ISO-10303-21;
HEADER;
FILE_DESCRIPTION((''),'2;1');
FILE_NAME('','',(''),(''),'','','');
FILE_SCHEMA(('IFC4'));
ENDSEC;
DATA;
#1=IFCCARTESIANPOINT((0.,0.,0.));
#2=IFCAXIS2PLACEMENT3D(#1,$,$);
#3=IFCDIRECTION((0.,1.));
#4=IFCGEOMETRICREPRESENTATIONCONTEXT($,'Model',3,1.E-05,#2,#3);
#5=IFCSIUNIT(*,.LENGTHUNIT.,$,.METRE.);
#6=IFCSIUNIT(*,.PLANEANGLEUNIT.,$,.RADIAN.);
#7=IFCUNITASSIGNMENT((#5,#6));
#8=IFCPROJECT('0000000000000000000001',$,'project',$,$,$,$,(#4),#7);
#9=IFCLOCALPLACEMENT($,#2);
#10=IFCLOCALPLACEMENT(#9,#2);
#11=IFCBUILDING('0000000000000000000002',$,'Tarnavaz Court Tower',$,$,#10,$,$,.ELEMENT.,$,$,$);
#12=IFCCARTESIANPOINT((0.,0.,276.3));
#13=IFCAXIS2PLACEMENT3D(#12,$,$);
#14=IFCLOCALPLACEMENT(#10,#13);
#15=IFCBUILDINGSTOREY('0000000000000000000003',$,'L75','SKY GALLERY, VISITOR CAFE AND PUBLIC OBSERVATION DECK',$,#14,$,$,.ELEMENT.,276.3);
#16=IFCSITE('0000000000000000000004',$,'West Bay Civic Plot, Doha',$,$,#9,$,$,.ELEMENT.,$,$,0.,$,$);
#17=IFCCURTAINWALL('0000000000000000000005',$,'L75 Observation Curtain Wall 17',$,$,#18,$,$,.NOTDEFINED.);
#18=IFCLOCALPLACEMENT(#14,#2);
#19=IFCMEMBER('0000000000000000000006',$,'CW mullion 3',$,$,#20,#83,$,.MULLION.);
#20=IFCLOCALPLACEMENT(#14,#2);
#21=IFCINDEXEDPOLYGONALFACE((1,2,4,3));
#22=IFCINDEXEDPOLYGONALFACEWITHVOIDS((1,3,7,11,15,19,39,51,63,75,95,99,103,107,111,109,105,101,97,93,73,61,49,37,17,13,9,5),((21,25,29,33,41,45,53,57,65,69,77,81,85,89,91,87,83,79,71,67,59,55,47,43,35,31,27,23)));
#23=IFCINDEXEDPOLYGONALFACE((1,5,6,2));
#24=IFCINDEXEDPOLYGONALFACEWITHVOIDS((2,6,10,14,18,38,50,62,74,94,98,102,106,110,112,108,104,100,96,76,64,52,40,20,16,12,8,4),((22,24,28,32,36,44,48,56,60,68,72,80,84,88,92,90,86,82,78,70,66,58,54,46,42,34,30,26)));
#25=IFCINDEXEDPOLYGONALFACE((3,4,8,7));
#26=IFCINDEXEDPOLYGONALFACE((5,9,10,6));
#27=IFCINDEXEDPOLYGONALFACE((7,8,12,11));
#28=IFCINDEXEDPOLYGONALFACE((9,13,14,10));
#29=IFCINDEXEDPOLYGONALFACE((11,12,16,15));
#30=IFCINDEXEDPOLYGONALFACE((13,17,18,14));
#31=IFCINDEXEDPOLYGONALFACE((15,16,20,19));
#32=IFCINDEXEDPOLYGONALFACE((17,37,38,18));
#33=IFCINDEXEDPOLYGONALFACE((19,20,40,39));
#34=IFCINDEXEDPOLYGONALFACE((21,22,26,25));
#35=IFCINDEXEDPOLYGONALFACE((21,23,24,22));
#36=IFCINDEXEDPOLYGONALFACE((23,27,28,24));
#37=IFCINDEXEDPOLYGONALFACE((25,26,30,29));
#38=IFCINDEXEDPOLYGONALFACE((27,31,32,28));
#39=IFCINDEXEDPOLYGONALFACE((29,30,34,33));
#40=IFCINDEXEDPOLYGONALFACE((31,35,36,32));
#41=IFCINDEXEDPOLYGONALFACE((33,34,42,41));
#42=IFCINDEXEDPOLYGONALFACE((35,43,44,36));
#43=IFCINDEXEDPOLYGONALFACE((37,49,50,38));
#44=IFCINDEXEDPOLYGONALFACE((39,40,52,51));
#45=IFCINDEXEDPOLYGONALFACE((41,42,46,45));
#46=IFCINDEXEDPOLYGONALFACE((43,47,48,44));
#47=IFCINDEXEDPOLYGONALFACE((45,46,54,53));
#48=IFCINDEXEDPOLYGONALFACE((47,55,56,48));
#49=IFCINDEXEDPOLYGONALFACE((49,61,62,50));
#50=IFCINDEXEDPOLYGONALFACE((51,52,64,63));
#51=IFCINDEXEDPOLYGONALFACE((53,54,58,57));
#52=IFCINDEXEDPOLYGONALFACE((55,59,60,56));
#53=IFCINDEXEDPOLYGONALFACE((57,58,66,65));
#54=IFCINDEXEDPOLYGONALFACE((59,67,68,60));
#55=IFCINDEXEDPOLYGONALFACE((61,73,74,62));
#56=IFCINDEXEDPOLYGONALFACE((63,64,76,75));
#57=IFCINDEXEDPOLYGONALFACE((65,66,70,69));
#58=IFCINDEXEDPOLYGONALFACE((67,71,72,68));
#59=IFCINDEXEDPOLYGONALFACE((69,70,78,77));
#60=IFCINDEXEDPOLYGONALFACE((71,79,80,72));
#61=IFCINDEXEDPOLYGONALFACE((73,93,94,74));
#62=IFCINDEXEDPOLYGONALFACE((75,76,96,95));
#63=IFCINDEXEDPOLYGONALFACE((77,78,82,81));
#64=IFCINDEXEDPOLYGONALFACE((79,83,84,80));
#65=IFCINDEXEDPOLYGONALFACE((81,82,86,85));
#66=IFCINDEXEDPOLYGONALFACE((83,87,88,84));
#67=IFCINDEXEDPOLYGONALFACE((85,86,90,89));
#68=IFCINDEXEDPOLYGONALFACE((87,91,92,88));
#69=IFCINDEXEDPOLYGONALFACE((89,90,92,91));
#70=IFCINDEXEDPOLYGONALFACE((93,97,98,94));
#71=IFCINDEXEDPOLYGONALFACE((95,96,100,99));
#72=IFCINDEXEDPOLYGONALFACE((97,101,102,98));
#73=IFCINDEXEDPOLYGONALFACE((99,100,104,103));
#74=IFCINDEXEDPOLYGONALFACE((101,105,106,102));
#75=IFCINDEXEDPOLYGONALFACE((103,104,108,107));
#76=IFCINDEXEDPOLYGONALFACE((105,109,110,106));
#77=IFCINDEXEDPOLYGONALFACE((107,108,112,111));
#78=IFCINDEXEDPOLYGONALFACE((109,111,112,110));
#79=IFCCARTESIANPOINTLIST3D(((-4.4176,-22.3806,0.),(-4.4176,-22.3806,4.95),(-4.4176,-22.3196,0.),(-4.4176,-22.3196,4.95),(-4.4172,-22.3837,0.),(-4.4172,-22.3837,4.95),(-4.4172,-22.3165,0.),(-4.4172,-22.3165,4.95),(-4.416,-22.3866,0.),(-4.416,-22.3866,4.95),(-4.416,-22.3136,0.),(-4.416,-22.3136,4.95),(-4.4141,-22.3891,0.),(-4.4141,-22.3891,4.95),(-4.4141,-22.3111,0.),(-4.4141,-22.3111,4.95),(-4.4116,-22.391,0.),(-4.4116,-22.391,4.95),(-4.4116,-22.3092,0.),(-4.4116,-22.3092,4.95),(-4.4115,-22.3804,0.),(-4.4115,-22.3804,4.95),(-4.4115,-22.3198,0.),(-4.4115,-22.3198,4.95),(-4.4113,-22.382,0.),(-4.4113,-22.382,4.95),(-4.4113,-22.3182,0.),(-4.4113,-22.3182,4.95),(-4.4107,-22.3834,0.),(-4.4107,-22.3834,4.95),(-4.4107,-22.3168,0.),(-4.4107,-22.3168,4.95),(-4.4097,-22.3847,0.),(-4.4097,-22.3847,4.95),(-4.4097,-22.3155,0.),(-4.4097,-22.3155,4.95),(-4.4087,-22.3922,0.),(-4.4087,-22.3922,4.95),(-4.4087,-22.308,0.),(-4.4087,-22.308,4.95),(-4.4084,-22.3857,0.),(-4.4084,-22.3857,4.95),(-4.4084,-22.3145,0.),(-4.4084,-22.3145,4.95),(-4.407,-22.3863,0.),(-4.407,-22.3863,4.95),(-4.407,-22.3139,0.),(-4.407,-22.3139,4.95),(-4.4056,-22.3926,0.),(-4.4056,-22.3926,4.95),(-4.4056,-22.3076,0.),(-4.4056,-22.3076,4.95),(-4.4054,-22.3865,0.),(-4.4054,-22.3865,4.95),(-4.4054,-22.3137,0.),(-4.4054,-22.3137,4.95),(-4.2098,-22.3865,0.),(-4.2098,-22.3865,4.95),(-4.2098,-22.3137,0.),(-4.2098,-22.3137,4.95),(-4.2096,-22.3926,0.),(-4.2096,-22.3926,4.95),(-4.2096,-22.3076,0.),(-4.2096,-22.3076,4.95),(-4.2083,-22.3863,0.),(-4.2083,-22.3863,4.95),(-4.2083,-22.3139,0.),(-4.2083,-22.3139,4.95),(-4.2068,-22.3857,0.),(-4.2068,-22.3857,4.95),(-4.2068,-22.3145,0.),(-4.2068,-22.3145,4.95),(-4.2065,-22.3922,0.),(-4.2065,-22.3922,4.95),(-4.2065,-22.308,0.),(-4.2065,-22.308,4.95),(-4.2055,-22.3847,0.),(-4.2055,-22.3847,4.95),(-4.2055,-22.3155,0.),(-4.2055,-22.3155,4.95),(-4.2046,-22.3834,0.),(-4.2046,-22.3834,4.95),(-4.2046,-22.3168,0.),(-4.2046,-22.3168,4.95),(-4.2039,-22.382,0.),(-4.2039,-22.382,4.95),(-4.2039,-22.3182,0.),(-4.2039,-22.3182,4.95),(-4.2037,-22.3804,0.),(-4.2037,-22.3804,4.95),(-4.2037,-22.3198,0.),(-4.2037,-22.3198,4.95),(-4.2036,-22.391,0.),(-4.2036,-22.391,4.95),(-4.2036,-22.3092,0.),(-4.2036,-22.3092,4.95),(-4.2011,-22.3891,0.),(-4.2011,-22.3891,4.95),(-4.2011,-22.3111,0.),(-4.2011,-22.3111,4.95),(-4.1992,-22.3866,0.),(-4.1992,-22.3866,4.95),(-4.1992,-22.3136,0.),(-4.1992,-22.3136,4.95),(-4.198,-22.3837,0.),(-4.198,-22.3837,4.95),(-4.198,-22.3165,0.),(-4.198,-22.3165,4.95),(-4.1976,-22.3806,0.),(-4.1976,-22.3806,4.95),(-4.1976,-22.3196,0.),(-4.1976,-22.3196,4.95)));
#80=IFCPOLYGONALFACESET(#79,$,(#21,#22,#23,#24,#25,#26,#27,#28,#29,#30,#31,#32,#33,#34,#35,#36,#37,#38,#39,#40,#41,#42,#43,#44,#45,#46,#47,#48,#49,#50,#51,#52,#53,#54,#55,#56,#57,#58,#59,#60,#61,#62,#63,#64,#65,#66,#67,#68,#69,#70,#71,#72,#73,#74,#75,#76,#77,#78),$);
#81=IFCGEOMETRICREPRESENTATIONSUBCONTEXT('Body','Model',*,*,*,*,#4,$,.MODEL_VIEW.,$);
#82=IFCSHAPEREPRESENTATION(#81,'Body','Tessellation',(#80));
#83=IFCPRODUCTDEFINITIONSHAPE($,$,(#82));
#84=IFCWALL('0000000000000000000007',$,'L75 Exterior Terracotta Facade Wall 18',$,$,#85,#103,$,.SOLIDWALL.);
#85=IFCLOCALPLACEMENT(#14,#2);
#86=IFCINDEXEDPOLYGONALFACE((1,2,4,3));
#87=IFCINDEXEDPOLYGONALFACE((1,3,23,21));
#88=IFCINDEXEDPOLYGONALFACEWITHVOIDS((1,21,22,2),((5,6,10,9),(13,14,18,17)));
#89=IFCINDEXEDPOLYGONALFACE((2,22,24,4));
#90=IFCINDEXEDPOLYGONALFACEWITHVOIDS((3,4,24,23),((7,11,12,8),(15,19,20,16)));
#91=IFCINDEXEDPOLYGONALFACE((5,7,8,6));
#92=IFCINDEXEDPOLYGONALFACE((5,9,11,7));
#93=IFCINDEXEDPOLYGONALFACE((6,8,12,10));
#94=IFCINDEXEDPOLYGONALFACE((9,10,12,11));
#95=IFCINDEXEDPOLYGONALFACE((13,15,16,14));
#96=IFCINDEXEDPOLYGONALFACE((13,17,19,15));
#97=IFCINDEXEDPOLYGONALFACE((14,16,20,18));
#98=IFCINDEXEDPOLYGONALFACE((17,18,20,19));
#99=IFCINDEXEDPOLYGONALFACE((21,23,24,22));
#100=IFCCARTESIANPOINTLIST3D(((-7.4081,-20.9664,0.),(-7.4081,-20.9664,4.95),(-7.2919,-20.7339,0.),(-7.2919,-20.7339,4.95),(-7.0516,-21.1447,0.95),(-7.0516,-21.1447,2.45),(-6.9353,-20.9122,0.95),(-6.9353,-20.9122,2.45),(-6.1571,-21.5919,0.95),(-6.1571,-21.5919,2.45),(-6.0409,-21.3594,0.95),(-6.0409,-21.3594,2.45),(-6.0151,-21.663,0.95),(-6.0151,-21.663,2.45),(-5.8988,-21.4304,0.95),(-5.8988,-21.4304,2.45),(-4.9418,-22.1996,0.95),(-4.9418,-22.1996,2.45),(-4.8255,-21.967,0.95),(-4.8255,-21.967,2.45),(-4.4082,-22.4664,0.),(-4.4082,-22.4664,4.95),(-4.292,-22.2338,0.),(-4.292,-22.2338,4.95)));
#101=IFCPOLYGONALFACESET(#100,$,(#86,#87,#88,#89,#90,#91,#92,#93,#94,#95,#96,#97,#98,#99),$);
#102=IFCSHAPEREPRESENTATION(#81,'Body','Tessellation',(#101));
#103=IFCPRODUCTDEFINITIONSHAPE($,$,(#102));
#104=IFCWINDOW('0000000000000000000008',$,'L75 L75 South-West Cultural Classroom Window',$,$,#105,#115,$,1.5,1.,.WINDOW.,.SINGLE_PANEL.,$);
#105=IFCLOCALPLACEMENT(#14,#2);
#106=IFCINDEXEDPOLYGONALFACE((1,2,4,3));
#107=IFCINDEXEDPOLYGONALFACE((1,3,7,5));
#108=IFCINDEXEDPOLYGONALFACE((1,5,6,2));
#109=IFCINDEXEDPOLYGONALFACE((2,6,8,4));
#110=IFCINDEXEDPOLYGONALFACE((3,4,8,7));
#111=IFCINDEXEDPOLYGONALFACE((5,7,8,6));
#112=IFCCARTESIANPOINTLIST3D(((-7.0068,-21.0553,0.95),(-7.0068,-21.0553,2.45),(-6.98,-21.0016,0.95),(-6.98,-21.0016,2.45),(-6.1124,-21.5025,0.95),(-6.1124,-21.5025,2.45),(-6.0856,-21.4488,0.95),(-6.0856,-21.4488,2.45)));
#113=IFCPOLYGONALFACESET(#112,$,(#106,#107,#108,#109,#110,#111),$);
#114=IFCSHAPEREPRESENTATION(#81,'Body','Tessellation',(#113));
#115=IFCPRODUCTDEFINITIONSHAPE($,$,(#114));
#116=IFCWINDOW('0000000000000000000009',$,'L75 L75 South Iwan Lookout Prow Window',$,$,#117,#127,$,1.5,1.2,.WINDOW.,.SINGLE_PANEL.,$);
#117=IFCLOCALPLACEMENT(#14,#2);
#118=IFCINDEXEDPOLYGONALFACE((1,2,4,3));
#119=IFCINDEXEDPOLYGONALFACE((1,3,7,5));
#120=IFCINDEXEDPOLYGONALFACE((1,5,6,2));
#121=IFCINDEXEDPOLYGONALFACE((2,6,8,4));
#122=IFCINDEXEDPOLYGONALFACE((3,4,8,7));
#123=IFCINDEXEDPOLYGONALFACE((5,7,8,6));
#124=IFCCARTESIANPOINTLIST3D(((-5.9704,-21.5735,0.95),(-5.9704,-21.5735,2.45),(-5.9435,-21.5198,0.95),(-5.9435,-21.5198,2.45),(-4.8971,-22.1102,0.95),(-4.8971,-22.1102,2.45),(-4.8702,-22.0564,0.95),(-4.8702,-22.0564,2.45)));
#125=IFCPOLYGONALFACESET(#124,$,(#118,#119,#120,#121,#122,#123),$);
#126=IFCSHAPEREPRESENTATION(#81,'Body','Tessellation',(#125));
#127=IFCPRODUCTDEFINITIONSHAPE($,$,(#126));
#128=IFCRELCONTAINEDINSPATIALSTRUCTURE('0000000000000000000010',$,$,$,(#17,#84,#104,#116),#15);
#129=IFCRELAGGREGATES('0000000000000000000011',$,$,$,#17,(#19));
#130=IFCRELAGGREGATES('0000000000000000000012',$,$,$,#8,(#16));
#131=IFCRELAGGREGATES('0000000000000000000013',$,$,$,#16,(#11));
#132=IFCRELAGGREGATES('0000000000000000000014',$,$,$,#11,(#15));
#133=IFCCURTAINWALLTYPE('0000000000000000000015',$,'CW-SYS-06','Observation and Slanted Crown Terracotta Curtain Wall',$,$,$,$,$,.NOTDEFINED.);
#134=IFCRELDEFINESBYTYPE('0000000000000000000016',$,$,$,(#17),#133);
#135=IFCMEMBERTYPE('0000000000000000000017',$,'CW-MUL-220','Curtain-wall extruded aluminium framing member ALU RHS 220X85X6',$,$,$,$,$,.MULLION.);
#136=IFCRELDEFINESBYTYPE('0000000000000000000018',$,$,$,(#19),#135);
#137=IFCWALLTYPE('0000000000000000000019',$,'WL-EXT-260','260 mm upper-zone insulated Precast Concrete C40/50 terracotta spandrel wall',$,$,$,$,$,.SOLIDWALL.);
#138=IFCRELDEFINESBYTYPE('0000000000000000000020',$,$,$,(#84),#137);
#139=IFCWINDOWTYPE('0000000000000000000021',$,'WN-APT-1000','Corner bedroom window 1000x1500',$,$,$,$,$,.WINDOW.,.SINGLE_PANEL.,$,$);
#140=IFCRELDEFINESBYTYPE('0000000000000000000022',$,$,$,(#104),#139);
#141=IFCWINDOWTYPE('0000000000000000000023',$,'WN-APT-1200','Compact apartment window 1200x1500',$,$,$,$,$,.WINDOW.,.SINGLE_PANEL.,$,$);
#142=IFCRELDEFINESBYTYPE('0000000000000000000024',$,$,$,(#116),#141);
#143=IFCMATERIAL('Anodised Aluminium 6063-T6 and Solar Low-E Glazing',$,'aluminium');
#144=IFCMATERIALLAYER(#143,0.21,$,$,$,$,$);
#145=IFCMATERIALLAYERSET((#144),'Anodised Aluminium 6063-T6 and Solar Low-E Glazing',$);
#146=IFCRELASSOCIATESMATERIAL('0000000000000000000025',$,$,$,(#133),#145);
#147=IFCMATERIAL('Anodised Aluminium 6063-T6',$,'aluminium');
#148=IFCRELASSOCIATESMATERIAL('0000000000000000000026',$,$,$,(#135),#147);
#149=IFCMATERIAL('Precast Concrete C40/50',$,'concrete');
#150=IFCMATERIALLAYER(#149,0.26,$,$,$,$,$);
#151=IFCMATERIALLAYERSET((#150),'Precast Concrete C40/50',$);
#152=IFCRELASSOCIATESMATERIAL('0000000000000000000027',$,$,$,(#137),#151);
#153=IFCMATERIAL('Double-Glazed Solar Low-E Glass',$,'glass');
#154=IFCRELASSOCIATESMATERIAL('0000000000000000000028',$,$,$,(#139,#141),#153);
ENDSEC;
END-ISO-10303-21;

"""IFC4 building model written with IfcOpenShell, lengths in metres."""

from ifc_helpers import new_model, si_unit, direction, frame, frame_2d, origin, origin_2d, place, context, subcontext, project, spatial, rectangle, hollow_rectangle, extrude, material, layer, layer_set, material_profile, profile_set, type_object, element, fill, aggregate, save


model = new_model("IFC4")

# Units and contexts
model_context = context("Model", 3, precision=1e-05, world=origin(), true_north=direction((0.0, 1.0)))
body_context = subcontext(model_context, "Body", "Model", "MODEL_VIEW")
ifc_project = project(units=[si_unit("LENGTHUNIT", "METRE"), si_unit("PLANEANGLEUNIT", "RADIAN")], contexts=[model_context])

# Site, building, storey
site_placement = place(None, origin())
site = spatial("IfcSite", under=ifc_project, at=site_placement, Name="West Bay Civic Plot, Doha", CompositionType="ELEMENT", RefElevation=0.0)
building_placement = place(site_placement, origin())
building = spatial("IfcBuilding", under=site, at=building_placement, Name="Tarnavaz Court Tower", CompositionType="ELEMENT")
storey_placement = place(building_placement, frame((0.0, 0.0, 276.3)))
storey = spatial("IfcBuildingStorey", under=building, at=storey_placement, Name="L75", Description="SKY GALLERY, VISITOR CAFE AND PUBLIC OBSERVATION DECK", CompositionType="ELEMENT", Elevation=276.3)

# Curtain wall, member
ifc_material_1 = material(Name="Anodised Aluminium 6063-T6 and Solar Low-E Glazing", Category="aluminium")
ifc_layer_1 = layer(ifc_material_1, 0.21)
ifc_layer_set_1 = layer_set([ifc_layer_1], Name="Anodised Aluminium 6063-T6 and Solar Low-E Glazing")
curtain_wall_type = type_object("IfcCurtainWallType", Name="CW-SYS-06", Description="Observation and Slanted Crown Terracotta Curtain Wall", PredefinedType="NOTDEFINED", material=ifc_layer_set_1)
curtain_wall_placement = place(storey_placement, origin())
curtain_wall = element("IfcCurtainWall", 1, at=curtain_wall_placement, inside=storey, type_object=curtain_wall_type, Name="L75 Observation Curtain Wall 17", PredefinedType="NOTDEFINED")
ifc_material_2 = material(Name="Anodised Aluminium 6063-T6", Category="aluminium")
ifc_material_profile_1 = material_profile(ifc_material_2, hollow_rectangle(XDim=0.085, YDim=0.22, WallThickness=0.0061, InnerFilletRadius=0.0061, OuterFilletRadius=0.012, at=origin_2d()), Name="ALU RHS 220X85X6")
ifc_profile_set_1 = profile_set([ifc_material_profile_1], Name="Anodised Aluminium 6063-T6")
member_type = type_object("IfcMemberType", Name="CW-MUL-220", Description="Curtain-wall extruded aluminium framing member ALU RHS 220X85X6", PredefinedType="MULLION", material=ifc_profile_set_1)
member_placement = place(storey_placement, frame((-4.3076, -22.3501, 0.0), z_axis=(0.0, 0.0, 1.0), x_axis=(0.0, -1.0, 0.0)))
member = element("IfcMember", 2, at=member_placement, type_object=member_type, Name="CW mullion 3", PredefinedType="MULLION", context=body_context, shape_type="SweptSolid", body=[
    extrude(hollow_rectangle(XDim=0.085, YDim=0.22, WallThickness=0.0061, InnerFilletRadius=0.0061, OuterFilletRadius=0.012, at=origin_2d()), origin(), (0.0, 0.0, 1.0), 4.95),
])
aggregate(curtain_wall, [member])

# Wall, openings, windows
ifc_material_3 = material(Name="Precast Concrete C40/50", Category="concrete")
ifc_layer_2 = layer(ifc_material_3, 0.26)
ifc_layer_set_2 = layer_set([ifc_layer_2], Name="Precast Concrete C40/50")
wall_type_1 = type_object("IfcWallType", Name="WL-EXT-260", Description="260 mm upper-zone insulated Precast Concrete C40/50 terracotta spandrel wall", PredefinedType="SOLIDWALL", material=ifc_layer_set_2)
wall_1_placement = place(storey_placement, frame((-4.3501, -22.3501, 0.0), z_axis=(0.0, 0.0, 1.0), x_axis=(-0.894427, 0.447214, 0.0)))
wall_1 = element("IfcWall", 3, at=wall_1_placement, inside=storey, type_object=wall_type_1, Name="L75 Exterior Terracotta Facade Wall 18", PredefinedType="SOLIDWALL", context=body_context, shape_type="SweptSolid", body=[
    extrude(rectangle(XDim=3.354, YDim=0.26, at=frame_2d((1.677, 0.0))), origin(), (0.0, 0.0, 1.0), 4.95),
])
opening_1_placement = place(wall_1_placement, frame((0.5964, 0.0, 0.95)))
opening_1 = element("IfcOpeningElement", 4, at=opening_1_placement, cuts=wall_1, PredefinedType="OPENING", context=body_context, shape_type="SweptSolid", body=[
    extrude(rectangle(XDim=1.2, YDim=1.5, at=frame_2d((0.6001, 0.75))), frame((0.0, 0.1399, 0.0), z_axis=(0.0, -1.0, 0.0), x_axis=(1.0, 0.0, 0.0)), (0.0, 0.0, 1.0), 0.28),
])
opening_2_placement = place(wall_1_placement, frame((1.9553, 0.0, 0.95)))
opening_2 = element("IfcOpeningElement", 5, at=opening_2_placement, cuts=wall_1, PredefinedType="OPENING", context=body_context, shape_type="SweptSolid", body=[
    extrude(rectangle(XDim=1.0, YDim=1.5, at=frame_2d((0.5, 0.75))), frame((0.0, 0.1399, 0.0), z_axis=(0.0, -1.0, 0.0), x_axis=(1.0, 0.0, 0.0)), (0.0, 0.0, 1.0), 0.28),
])
ifc_material_4 = material(Name="Double-Glazed Solar Low-E Glass", Category="glass")
window_type_1 = type_object("IfcWindowType", Name="WN-APT-1000", Description="Corner bedroom window 1000x1500", PartitioningType="SINGLE_PANEL", PredefinedType="WINDOW", material=ifc_material_4)
window_1_placement = place(opening_2_placement, origin())
window_1 = element("IfcWindow", 6, at=window_1_placement, inside=storey, type_object=window_type_1, Name="L75 L75 South-West Cultural Classroom Window", OverallHeight=1.5, OverallWidth=1.0, PartitioningType="SINGLE_PANEL", PredefinedType="WINDOW", context=body_context, shape_type="SweptSolid", body=[
    extrude(rectangle(XDim=1.0, YDim=1.5, at=frame_2d((0.5, 0.75))), frame((0.0, 0.03, 0.0), z_axis=(0.0, -1.0, 0.0), x_axis=(1.0, 0.0, 0.0)), (0.0, 0.0, 1.0), 0.0601),
])
fill(opening_2, window_1)
window_type_2 = type_object("IfcWindowType", Name="WN-APT-1200", Description="Compact apartment window 1200x1500", PartitioningType="SINGLE_PANEL", PredefinedType="WINDOW", material=ifc_material_4)
window_2_placement = place(opening_1_placement, origin())
window_2 = element("IfcWindow", 7, at=window_2_placement, inside=storey, type_object=window_type_2, Name="L75 L75 South Iwan Lookout Prow Window", OverallHeight=1.5, OverallWidth=1.2, PartitioningType="SINGLE_PANEL", PredefinedType="WINDOW", context=body_context, shape_type="SweptSolid", body=[
    extrude(rectangle(XDim=1.2, YDim=1.5, at=frame_2d((0.6001, 0.75))), frame((0.0, 0.03, 0.0), z_axis=(0.0, -1.0, 0.0), x_axis=(1.0, 0.0, 0.0)), (0.0, 0.0, 1.0), 0.0601),
])
fill(opening_1, window_2)

save(model, "model.ifc")
